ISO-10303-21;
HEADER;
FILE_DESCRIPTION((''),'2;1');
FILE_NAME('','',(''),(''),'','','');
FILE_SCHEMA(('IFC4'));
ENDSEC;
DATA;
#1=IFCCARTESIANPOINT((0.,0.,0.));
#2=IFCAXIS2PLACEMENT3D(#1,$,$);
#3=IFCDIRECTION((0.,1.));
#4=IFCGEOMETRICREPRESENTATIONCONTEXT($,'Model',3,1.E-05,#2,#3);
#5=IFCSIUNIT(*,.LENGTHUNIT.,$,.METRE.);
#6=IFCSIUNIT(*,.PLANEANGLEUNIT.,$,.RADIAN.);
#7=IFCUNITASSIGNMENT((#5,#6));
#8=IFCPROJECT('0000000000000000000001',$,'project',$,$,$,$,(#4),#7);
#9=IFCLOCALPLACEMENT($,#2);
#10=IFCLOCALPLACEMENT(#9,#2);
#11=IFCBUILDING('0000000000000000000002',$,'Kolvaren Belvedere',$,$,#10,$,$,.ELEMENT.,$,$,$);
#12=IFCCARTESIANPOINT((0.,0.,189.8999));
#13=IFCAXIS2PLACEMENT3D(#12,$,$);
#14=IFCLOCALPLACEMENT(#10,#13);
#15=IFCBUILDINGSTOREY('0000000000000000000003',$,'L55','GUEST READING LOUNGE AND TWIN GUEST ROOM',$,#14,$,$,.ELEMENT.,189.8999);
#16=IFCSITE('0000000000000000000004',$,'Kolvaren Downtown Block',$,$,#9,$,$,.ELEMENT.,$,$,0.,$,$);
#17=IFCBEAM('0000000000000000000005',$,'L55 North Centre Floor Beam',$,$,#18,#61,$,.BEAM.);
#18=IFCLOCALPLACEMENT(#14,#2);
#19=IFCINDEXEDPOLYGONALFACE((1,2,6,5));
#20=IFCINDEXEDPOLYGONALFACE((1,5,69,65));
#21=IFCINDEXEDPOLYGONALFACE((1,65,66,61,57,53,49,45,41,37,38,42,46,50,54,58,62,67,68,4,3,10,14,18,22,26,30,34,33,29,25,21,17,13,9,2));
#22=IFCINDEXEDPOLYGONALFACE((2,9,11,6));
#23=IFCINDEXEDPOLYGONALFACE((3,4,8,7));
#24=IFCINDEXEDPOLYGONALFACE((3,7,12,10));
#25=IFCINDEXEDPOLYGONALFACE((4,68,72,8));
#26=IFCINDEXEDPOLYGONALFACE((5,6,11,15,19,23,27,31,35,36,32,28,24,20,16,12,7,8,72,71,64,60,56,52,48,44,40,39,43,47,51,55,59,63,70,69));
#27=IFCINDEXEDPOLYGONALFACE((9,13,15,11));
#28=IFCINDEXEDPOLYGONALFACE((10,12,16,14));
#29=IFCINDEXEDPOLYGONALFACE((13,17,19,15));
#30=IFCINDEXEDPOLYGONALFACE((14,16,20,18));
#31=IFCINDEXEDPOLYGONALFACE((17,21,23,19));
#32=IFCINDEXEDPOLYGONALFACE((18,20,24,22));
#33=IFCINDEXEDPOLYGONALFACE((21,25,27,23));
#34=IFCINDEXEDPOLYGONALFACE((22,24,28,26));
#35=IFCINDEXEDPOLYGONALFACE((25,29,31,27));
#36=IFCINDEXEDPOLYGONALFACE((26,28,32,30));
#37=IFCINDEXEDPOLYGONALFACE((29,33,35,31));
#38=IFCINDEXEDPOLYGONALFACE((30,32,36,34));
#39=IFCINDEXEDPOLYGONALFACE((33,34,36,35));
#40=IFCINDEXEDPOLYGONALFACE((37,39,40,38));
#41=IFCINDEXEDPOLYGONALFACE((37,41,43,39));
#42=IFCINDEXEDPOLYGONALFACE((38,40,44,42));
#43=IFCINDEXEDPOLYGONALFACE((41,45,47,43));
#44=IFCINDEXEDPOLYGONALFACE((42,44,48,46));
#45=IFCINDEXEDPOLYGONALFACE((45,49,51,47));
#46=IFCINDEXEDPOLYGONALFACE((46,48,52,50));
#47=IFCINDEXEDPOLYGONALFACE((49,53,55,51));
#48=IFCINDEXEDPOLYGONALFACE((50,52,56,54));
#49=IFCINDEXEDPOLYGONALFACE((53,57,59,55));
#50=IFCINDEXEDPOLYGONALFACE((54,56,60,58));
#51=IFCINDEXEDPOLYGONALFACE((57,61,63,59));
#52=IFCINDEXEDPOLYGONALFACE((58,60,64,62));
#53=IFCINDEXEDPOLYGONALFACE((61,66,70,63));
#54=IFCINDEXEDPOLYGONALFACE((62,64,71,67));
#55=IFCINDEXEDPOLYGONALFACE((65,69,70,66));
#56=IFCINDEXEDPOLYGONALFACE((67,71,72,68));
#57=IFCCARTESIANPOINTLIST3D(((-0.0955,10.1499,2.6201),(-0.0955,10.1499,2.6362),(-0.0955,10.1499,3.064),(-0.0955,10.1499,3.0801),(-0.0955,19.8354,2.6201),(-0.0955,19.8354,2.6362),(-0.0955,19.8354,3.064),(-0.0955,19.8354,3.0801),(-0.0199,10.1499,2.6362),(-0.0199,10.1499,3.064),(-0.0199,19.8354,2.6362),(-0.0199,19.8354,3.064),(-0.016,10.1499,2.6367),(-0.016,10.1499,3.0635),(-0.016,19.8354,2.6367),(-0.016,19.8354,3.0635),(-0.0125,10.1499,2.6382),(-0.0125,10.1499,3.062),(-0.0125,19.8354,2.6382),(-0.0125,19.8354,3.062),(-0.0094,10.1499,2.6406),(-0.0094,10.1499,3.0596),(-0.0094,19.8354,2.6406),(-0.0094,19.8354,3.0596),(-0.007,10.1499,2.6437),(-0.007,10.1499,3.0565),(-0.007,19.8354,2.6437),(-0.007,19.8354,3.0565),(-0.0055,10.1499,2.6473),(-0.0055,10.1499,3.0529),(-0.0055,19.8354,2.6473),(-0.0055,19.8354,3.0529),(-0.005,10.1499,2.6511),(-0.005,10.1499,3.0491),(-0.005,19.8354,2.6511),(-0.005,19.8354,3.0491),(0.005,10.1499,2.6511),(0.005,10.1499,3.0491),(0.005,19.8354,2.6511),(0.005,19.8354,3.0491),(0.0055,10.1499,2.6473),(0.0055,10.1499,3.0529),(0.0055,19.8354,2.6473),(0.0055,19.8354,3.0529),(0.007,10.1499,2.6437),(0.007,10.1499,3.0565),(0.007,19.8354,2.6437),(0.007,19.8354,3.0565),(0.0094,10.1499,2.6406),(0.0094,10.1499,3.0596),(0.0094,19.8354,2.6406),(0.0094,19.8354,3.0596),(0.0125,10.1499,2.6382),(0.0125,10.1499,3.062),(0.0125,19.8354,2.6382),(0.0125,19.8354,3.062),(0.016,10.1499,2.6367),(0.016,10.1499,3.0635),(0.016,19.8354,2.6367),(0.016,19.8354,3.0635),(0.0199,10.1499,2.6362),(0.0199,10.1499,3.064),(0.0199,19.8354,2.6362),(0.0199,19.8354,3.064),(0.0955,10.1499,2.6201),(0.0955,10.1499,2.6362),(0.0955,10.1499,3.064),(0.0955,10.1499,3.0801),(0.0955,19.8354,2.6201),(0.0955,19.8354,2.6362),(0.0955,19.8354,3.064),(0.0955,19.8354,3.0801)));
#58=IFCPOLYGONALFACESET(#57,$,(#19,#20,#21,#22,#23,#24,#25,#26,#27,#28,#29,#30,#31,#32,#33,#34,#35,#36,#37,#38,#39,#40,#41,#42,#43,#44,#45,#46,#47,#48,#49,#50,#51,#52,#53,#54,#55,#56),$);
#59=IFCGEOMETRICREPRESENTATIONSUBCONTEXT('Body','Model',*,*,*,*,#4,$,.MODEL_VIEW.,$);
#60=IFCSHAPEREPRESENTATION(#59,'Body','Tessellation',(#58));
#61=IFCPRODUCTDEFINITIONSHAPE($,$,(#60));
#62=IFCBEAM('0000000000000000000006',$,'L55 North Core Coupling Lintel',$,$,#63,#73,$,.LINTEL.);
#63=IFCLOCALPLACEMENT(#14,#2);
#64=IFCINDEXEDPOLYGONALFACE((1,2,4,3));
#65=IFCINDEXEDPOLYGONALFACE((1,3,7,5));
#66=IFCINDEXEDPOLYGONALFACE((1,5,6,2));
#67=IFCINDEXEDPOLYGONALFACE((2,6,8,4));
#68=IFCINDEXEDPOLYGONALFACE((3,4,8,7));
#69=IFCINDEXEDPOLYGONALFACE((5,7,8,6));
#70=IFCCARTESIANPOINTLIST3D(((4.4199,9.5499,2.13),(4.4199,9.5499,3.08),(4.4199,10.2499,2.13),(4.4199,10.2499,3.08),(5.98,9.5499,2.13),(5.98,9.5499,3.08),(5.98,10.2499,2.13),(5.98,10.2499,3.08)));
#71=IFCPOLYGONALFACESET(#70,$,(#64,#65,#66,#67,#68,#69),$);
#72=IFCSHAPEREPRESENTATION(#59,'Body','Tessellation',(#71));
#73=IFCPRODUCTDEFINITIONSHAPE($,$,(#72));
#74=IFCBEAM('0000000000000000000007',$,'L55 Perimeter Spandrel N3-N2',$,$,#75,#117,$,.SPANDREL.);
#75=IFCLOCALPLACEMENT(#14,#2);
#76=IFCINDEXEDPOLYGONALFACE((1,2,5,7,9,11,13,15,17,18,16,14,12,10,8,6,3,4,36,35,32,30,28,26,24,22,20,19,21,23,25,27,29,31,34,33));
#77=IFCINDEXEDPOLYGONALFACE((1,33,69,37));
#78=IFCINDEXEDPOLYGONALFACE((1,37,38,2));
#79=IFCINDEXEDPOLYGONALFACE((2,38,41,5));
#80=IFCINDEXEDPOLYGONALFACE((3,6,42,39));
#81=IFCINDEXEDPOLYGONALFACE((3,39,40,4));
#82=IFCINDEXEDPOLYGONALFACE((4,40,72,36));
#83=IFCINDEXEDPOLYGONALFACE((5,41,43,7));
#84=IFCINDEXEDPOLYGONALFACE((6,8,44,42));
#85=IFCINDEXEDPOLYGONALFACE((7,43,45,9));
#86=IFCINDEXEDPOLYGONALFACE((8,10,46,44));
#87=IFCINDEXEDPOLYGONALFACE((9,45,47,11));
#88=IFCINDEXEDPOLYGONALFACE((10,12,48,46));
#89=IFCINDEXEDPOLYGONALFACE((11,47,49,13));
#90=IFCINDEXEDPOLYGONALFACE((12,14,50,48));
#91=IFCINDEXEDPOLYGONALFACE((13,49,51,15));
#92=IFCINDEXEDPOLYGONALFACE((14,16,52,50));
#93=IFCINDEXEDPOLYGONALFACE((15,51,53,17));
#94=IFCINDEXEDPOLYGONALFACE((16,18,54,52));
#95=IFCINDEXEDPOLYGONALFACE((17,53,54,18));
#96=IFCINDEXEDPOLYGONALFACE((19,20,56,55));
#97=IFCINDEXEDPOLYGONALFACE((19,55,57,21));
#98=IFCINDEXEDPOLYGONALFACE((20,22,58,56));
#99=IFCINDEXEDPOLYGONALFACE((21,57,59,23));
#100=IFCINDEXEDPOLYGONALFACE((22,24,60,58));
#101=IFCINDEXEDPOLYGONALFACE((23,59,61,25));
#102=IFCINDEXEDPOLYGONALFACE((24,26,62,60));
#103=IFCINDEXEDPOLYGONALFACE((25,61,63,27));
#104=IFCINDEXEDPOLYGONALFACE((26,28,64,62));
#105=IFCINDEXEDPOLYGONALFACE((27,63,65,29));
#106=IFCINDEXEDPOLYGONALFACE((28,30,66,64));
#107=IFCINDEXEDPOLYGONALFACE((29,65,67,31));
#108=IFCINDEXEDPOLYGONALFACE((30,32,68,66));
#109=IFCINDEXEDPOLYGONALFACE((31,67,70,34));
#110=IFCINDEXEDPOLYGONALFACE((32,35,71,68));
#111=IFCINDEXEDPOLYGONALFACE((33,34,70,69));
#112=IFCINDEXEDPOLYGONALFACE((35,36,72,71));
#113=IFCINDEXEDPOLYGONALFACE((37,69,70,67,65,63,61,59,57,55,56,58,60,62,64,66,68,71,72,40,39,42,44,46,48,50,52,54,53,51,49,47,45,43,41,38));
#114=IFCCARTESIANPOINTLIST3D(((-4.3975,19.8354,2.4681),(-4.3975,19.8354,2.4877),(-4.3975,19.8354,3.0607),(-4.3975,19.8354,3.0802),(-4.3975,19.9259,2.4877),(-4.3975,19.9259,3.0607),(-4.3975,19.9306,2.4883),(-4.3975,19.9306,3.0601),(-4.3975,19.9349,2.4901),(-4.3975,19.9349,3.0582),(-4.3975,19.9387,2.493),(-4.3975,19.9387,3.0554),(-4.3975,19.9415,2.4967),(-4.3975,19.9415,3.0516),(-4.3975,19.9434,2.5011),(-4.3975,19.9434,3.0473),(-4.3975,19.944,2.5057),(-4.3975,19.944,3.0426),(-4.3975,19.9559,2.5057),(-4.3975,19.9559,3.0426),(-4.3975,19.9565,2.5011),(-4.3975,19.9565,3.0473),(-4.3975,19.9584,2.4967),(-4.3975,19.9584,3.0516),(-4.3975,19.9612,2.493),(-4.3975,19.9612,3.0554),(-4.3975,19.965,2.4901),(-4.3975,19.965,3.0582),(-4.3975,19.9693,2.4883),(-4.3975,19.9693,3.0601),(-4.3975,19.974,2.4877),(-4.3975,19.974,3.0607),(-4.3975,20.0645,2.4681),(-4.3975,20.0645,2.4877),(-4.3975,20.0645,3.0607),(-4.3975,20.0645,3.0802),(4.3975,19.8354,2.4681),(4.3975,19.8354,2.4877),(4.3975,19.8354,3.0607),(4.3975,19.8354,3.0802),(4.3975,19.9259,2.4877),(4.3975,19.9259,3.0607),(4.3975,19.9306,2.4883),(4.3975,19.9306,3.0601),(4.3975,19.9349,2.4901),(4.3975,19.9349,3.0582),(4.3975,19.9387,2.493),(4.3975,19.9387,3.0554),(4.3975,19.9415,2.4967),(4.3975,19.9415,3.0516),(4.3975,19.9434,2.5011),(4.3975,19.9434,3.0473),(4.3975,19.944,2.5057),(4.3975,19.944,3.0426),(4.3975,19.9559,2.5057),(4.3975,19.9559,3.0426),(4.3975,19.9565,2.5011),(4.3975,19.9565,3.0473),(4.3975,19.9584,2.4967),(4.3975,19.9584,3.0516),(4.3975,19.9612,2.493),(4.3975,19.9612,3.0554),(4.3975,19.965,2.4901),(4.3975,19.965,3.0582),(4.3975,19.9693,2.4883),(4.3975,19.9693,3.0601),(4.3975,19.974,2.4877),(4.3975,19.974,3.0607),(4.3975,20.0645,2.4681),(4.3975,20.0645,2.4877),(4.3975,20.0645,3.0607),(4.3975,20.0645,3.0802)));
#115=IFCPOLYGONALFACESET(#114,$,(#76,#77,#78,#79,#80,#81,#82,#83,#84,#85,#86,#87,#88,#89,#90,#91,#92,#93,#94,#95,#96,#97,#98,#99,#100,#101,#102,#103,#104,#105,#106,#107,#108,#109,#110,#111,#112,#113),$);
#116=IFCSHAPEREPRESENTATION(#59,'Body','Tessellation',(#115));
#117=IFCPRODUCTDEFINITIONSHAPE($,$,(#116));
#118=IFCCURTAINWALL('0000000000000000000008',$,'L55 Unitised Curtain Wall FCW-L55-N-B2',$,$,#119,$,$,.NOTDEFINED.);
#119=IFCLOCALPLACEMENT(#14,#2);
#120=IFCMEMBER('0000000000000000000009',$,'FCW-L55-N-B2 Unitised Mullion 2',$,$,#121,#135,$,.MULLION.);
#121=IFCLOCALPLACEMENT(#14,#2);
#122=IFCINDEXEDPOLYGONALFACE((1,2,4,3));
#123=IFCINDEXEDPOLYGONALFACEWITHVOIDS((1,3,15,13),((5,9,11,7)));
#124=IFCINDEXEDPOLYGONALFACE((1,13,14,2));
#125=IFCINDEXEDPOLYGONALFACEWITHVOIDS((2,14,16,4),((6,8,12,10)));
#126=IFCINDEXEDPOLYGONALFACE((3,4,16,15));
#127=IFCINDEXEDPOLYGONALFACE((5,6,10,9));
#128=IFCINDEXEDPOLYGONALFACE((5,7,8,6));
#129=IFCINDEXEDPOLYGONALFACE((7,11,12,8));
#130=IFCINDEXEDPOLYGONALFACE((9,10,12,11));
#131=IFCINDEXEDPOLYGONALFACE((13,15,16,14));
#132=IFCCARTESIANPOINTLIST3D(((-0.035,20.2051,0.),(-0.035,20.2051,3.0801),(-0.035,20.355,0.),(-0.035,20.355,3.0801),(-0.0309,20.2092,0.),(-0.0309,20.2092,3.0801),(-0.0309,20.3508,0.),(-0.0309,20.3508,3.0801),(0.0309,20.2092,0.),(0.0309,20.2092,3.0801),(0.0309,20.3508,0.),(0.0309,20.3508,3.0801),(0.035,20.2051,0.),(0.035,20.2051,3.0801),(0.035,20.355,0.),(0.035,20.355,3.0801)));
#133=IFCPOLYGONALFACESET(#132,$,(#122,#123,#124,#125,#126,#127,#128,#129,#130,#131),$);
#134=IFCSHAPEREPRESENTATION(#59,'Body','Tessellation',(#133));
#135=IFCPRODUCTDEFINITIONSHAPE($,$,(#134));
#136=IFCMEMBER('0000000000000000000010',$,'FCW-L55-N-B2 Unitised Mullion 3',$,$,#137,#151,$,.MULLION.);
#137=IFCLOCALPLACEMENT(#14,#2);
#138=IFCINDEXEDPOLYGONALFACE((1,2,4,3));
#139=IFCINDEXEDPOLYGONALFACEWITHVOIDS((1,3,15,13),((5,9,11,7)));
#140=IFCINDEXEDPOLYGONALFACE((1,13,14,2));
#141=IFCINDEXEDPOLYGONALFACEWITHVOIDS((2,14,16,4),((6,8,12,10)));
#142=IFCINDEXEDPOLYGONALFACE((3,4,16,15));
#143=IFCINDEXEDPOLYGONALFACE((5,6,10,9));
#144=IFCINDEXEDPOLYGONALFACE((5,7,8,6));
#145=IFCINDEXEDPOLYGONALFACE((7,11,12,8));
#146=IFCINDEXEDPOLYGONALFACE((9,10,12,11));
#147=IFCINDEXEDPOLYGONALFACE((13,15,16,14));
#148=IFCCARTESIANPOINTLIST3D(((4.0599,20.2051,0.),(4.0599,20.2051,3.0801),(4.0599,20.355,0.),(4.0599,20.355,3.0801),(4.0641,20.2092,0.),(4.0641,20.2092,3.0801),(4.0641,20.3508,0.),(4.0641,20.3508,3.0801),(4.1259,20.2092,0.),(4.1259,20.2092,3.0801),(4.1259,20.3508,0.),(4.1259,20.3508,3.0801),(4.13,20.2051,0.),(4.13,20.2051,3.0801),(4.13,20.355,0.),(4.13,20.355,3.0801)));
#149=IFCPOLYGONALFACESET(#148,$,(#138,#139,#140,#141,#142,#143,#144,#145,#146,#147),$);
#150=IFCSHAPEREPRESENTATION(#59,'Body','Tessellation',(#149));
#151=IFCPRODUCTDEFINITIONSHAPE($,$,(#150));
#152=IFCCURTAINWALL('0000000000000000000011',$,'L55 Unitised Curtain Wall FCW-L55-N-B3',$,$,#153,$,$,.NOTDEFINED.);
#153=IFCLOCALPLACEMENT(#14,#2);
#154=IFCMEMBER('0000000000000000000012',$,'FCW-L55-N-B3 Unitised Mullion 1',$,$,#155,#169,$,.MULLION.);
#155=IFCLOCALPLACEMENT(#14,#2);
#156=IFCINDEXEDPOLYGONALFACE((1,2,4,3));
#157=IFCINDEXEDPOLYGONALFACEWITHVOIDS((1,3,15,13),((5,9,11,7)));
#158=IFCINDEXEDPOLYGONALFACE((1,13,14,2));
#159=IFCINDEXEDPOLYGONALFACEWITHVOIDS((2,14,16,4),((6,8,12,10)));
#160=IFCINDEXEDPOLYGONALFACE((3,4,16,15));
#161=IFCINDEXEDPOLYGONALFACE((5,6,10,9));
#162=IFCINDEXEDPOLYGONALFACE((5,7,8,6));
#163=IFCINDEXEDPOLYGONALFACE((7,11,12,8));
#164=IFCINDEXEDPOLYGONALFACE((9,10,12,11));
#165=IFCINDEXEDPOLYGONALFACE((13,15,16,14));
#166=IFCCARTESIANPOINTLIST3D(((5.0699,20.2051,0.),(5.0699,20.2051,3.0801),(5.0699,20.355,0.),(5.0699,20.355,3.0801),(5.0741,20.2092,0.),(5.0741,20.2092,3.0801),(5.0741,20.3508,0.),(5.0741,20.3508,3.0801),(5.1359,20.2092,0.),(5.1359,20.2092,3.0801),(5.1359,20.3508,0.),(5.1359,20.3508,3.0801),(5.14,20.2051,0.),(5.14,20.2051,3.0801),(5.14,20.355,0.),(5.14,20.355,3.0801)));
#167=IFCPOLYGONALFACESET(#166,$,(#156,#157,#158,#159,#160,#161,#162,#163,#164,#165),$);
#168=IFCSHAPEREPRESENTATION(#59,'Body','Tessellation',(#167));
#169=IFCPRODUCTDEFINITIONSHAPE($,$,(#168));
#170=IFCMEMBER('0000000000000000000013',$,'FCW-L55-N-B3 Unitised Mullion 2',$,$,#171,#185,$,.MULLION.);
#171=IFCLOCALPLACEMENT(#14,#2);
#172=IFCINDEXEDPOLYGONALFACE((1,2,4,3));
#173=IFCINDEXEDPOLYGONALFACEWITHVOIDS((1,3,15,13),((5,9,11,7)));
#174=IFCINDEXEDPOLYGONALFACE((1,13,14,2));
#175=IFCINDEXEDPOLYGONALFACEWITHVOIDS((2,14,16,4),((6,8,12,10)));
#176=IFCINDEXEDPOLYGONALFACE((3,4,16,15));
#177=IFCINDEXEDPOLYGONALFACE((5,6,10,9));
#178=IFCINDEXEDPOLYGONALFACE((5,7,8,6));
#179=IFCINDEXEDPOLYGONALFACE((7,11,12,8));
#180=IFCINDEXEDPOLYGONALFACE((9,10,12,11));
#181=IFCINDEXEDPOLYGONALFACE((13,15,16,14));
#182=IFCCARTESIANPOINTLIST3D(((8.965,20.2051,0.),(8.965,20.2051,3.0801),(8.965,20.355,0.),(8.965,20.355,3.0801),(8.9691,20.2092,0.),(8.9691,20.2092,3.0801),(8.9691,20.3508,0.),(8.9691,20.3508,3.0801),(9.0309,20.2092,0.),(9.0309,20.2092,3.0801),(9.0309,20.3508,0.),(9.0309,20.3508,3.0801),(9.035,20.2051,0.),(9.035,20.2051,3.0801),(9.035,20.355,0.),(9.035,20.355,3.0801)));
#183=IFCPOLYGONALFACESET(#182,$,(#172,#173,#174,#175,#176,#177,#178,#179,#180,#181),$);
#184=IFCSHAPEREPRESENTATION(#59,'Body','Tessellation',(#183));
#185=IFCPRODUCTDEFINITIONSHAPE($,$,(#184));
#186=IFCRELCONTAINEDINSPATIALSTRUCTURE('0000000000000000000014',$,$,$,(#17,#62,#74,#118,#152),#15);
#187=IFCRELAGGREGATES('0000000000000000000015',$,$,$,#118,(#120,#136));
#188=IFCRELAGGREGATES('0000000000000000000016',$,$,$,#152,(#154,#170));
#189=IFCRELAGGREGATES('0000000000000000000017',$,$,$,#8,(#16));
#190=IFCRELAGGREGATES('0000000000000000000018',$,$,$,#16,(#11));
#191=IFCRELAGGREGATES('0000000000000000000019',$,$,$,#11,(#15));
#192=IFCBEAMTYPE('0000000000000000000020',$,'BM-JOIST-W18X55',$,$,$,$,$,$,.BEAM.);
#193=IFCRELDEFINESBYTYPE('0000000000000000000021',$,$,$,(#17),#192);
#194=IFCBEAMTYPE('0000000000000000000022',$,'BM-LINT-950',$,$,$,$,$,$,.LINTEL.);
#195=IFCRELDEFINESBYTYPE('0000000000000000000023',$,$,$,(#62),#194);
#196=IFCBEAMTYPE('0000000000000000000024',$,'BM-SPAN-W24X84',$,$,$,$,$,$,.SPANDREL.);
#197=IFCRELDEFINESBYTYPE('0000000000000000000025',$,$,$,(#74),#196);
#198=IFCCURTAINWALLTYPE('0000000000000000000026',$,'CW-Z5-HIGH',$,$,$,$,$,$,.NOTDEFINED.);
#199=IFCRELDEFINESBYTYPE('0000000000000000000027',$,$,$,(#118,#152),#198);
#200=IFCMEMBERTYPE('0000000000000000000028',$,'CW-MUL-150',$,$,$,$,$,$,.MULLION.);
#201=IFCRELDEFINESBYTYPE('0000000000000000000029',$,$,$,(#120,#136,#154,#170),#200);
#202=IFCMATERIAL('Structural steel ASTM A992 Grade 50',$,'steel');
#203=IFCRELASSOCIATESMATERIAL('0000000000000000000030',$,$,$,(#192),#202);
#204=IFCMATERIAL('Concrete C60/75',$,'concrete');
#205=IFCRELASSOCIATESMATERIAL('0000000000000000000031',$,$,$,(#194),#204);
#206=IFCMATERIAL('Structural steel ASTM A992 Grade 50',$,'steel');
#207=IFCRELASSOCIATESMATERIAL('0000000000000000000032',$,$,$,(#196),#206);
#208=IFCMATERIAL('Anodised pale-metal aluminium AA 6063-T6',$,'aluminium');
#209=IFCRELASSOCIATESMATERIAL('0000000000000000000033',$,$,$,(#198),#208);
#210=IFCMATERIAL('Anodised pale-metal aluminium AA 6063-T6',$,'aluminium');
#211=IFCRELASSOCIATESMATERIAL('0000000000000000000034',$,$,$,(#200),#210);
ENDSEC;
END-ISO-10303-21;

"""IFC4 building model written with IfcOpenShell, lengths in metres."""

from ifc_helpers import new_model, si_unit, direction, frame, origin, origin_2d, place, context, subcontext, project, spatial, rectangle, hollow_rectangle, i_section, extrude, material, material_profile, profile_set, type_object, element, aggregate, save


model = new_model("IFC4")

# Units and contexts
model_context = context("Model", 3, precision=1e-05, world=origin(), true_north=direction((0.0, 1.0)))
body_context = subcontext(model_context, "Body", "Model", "MODEL_VIEW")
ifc_project = project(units=[si_unit("LENGTHUNIT", "METRE"), si_unit("PLANEANGLEUNIT", "RADIAN")], contexts=[model_context])

# Site, building, storey
site_placement = place(None, origin())
site = spatial("IfcSite", under=ifc_project, at=site_placement, Name="Kolvaren Downtown Block", CompositionType="ELEMENT", RefElevation=0.0)
building_placement = place(site_placement, origin())
building = spatial("IfcBuilding", under=site, at=building_placement, Name="Kolvaren Belvedere", CompositionType="ELEMENT")
storey_placement = place(building_placement, frame((0.0, 0.0, 189.8999)))
storey = spatial("IfcBuildingStorey", under=building, at=storey_placement, Name="L55", Description="GUEST READING LOUNGE AND TWIN GUEST ROOM", CompositionType="ELEMENT", Elevation=189.8999)

# Beams
ifc_material_1 = material(Name="Structural steel ASTM A992 Grade 50", Category="steel")
ifc_material_profile_1 = material_profile(ifc_material_1, i_section(OverallWidth=0.1909, OverallDepth=0.46, WebThickness=0.01, FlangeThickness=0.0161, FilletRadius=0.0149, at=origin_2d()), Name="W18X55")
ifc_profile_set_1 = profile_set([ifc_material_profile_1], Name="Structural steel ASTM A992 Grade 50")
beam_type_1 = type_object("IfcBeamType", Name="BM-JOIST-W18X55", PredefinedType="BEAM", material=ifc_profile_set_1)
beam_1_placement = place(storey_placement, frame((0.0, 10.1499, 2.8501), z_axis=(0.0, 1.0, 0.0), x_axis=(-1.0, 0.0, 0.0)))
element("IfcBeam", 1, at=beam_1_placement, inside=storey, type_object=beam_type_1, Name="L55 North Centre Floor Beam", PredefinedType="BEAM", context=body_context, shape_type="SweptSolid", body=[
    extrude(i_section(OverallWidth=0.1909, OverallDepth=0.46, WebThickness=0.01, FlangeThickness=0.0161, FilletRadius=0.0149, at=origin_2d()), origin(), (0.0, 0.0, 1.0), 9.6855),
])
ifc_material_2 = material(Name="Concrete C60/75", Category="concrete")
ifc_material_profile_2 = material_profile(ifc_material_2, rectangle(XDim=0.7, YDim=0.95, at=origin_2d()), Name="RC 700X950")
ifc_profile_set_2 = profile_set([ifc_material_profile_2], Name="Concrete C60/75")
beam_type_2 = type_object("IfcBeamType", Name="BM-LINT-950", PredefinedType="LINTEL", material=ifc_profile_set_2)
beam_2_placement = place(storey_placement, frame((4.4199, 9.8999, 2.605), z_axis=(1.0, 0.0, 0.0), x_axis=(0.0, 1.0, 0.0)))
element("IfcBeam", 2, at=beam_2_placement, inside=storey, type_object=beam_type_2, Name="L55 North Core Coupling Lintel", PredefinedType="LINTEL", context=body_context, shape_type="SweptSolid", body=[
    extrude(rectangle(XDim=0.7, YDim=0.95, at=origin_2d()), origin(), (0.0, 0.0, 1.0), 1.5601),
])
ifc_material_3 = material(Name="Structural steel ASTM A992 Grade 50", Category="steel")
ifc_material_profile_3 = material_profile(ifc_material_3, i_section(OverallWidth=0.229, OverallDepth=0.6121, WebThickness=0.012, FlangeThickness=0.0195, FilletRadius=0.0181, at=origin_2d()), Name="W24X84")
ifc_profile_set_3 = profile_set([ifc_material_profile_3], Name="Structural steel ASTM A992 Grade 50")
beam_type_3 = type_object("IfcBeamType", Name="BM-SPAN-W24X84", PredefinedType="SPANDREL", material=ifc_profile_set_3)
beam_3_placement = place(storey_placement, frame((4.3975, 19.95, 2.7742), z_axis=(-1.0, 0.0, 0.0), x_axis=(0.0, -1.0, 0.0)))
element("IfcBeam", 3, at=beam_3_placement, inside=storey, type_object=beam_type_3, Name="L55 Perimeter Spandrel N3-N2", PredefinedType="SPANDREL", context=body_context, shape_type="SweptSolid", body=[
    extrude(i_section(OverallWidth=0.229, OverallDepth=0.6121, WebThickness=0.012, FlangeThickness=0.0195, FilletRadius=0.0181, at=origin_2d()), origin(), (0.0, 0.0, 1.0), 8.7949),
])

# Curtain walls, members
ifc_material_4 = material(Name="Anodised pale-metal aluminium AA 6063-T6", Category="aluminium")
curtain_wall_type = type_object("IfcCurtainWallType", Name="CW-Z5-HIGH", PredefinedType="NOTDEFINED", material=ifc_material_4)
curtain_wall_1_placement = place(storey_placement, origin())
curtain_wall_1 = element("IfcCurtainWall", 4, at=curtain_wall_1_placement, inside=storey, type_object=curtain_wall_type, Name="L55 Unitised Curtain Wall FCW-L55-N-B2", PredefinedType="NOTDEFINED")
ifc_material_5 = material(Name="Anodised pale-metal aluminium AA 6063-T6", Category="aluminium")
ifc_material_profile_4 = material_profile(ifc_material_5, hollow_rectangle(XDim=0.0701, YDim=0.1499, WallThickness=0.0042, at=origin_2d()), Name="ALU-MUL-150X70")
ifc_profile_set_4 = profile_set([ifc_material_profile_4], Name="Anodised pale-metal aluminium AA 6063-T6")
member_type_1 = type_object("IfcMemberType", Name="CW-MUL-150", PredefinedType="MULLION", material=ifc_profile_set_4)
member_1_placement = place(storey_placement, frame((0.0, 20.28, 0.0), z_axis=(0.0, 0.0, 1.0), x_axis=(1.0, 0.0, 0.0)))
member_1 = element("IfcMember", 5, at=member_1_placement, type_object=member_type_1, Name="FCW-L55-N-B2 Unitised Mullion 2", PredefinedType="MULLION", context=body_context, shape_type="SweptSolid", body=[
    extrude(hollow_rectangle(XDim=0.0701, YDim=0.1499, WallThickness=0.0042, at=origin_2d()), origin(), (0.0, 0.0, 1.0), 3.0801),
])
member_2_placement = place(storey_placement, frame((4.095, 20.28, 0.0), z_axis=(0.0, 0.0, 1.0), x_axis=(1.0, 0.0, 0.0)))
member_2 = element("IfcMember", 6, at=member_2_placement, type_object=member_type_1, Name="FCW-L55-N-B2 Unitised Mullion 3", PredefinedType="MULLION", context=body_context, shape_type="SweptSolid", body=[
    extrude(hollow_rectangle(XDim=0.0701, YDim=0.1499, WallThickness=0.0042, at=origin_2d()), origin(), (0.0, 0.0, 1.0), 3.0801),
])
curtain_wall_2_placement = place(storey_placement, origin())
curtain_wall_2 = element("IfcCurtainWall", 7, at=curtain_wall_2_placement, inside=storey, type_object=curtain_wall_type, Name="L55 Unitised Curtain Wall FCW-L55-N-B3", PredefinedType="NOTDEFINED")
member_3_placement = place(storey_placement, frame((5.105, 20.28, 0.0), z_axis=(0.0, 0.0, 1.0), x_axis=(1.0, 0.0, 0.0)))
member_3 = element("IfcMember", 8, at=member_3_placement, type_object=member_type_1, Name="FCW-L55-N-B3 Unitised Mullion 1", PredefinedType="MULLION", context=body_context, shape_type="SweptSolid", body=[
    extrude(hollow_rectangle(XDim=0.0701, YDim=0.1499, WallThickness=0.0042, at=origin_2d()), origin(), (0.0, 0.0, 1.0), 3.0801),
])
member_4_placement = place(storey_placement, frame((9.0, 20.28, 0.0), z_axis=(0.0, 0.0, 1.0), x_axis=(1.0, 0.0, 0.0)))
member_4 = element("IfcMember", 9, at=member_4_placement, type_object=member_type_1, Name="FCW-L55-N-B3 Unitised Mullion 2", PredefinedType="MULLION", context=body_context, shape_type="SweptSolid", body=[
    extrude(hollow_rectangle(XDim=0.0701, YDim=0.1499, WallThickness=0.0042, at=origin_2d()), origin(), (0.0, 0.0, 1.0), 3.0801),
])

aggregate(curtain_wall_1, [member_1, member_2])
aggregate(curtain_wall_2, [member_3, member_4])

save(model, "model.ifc")
